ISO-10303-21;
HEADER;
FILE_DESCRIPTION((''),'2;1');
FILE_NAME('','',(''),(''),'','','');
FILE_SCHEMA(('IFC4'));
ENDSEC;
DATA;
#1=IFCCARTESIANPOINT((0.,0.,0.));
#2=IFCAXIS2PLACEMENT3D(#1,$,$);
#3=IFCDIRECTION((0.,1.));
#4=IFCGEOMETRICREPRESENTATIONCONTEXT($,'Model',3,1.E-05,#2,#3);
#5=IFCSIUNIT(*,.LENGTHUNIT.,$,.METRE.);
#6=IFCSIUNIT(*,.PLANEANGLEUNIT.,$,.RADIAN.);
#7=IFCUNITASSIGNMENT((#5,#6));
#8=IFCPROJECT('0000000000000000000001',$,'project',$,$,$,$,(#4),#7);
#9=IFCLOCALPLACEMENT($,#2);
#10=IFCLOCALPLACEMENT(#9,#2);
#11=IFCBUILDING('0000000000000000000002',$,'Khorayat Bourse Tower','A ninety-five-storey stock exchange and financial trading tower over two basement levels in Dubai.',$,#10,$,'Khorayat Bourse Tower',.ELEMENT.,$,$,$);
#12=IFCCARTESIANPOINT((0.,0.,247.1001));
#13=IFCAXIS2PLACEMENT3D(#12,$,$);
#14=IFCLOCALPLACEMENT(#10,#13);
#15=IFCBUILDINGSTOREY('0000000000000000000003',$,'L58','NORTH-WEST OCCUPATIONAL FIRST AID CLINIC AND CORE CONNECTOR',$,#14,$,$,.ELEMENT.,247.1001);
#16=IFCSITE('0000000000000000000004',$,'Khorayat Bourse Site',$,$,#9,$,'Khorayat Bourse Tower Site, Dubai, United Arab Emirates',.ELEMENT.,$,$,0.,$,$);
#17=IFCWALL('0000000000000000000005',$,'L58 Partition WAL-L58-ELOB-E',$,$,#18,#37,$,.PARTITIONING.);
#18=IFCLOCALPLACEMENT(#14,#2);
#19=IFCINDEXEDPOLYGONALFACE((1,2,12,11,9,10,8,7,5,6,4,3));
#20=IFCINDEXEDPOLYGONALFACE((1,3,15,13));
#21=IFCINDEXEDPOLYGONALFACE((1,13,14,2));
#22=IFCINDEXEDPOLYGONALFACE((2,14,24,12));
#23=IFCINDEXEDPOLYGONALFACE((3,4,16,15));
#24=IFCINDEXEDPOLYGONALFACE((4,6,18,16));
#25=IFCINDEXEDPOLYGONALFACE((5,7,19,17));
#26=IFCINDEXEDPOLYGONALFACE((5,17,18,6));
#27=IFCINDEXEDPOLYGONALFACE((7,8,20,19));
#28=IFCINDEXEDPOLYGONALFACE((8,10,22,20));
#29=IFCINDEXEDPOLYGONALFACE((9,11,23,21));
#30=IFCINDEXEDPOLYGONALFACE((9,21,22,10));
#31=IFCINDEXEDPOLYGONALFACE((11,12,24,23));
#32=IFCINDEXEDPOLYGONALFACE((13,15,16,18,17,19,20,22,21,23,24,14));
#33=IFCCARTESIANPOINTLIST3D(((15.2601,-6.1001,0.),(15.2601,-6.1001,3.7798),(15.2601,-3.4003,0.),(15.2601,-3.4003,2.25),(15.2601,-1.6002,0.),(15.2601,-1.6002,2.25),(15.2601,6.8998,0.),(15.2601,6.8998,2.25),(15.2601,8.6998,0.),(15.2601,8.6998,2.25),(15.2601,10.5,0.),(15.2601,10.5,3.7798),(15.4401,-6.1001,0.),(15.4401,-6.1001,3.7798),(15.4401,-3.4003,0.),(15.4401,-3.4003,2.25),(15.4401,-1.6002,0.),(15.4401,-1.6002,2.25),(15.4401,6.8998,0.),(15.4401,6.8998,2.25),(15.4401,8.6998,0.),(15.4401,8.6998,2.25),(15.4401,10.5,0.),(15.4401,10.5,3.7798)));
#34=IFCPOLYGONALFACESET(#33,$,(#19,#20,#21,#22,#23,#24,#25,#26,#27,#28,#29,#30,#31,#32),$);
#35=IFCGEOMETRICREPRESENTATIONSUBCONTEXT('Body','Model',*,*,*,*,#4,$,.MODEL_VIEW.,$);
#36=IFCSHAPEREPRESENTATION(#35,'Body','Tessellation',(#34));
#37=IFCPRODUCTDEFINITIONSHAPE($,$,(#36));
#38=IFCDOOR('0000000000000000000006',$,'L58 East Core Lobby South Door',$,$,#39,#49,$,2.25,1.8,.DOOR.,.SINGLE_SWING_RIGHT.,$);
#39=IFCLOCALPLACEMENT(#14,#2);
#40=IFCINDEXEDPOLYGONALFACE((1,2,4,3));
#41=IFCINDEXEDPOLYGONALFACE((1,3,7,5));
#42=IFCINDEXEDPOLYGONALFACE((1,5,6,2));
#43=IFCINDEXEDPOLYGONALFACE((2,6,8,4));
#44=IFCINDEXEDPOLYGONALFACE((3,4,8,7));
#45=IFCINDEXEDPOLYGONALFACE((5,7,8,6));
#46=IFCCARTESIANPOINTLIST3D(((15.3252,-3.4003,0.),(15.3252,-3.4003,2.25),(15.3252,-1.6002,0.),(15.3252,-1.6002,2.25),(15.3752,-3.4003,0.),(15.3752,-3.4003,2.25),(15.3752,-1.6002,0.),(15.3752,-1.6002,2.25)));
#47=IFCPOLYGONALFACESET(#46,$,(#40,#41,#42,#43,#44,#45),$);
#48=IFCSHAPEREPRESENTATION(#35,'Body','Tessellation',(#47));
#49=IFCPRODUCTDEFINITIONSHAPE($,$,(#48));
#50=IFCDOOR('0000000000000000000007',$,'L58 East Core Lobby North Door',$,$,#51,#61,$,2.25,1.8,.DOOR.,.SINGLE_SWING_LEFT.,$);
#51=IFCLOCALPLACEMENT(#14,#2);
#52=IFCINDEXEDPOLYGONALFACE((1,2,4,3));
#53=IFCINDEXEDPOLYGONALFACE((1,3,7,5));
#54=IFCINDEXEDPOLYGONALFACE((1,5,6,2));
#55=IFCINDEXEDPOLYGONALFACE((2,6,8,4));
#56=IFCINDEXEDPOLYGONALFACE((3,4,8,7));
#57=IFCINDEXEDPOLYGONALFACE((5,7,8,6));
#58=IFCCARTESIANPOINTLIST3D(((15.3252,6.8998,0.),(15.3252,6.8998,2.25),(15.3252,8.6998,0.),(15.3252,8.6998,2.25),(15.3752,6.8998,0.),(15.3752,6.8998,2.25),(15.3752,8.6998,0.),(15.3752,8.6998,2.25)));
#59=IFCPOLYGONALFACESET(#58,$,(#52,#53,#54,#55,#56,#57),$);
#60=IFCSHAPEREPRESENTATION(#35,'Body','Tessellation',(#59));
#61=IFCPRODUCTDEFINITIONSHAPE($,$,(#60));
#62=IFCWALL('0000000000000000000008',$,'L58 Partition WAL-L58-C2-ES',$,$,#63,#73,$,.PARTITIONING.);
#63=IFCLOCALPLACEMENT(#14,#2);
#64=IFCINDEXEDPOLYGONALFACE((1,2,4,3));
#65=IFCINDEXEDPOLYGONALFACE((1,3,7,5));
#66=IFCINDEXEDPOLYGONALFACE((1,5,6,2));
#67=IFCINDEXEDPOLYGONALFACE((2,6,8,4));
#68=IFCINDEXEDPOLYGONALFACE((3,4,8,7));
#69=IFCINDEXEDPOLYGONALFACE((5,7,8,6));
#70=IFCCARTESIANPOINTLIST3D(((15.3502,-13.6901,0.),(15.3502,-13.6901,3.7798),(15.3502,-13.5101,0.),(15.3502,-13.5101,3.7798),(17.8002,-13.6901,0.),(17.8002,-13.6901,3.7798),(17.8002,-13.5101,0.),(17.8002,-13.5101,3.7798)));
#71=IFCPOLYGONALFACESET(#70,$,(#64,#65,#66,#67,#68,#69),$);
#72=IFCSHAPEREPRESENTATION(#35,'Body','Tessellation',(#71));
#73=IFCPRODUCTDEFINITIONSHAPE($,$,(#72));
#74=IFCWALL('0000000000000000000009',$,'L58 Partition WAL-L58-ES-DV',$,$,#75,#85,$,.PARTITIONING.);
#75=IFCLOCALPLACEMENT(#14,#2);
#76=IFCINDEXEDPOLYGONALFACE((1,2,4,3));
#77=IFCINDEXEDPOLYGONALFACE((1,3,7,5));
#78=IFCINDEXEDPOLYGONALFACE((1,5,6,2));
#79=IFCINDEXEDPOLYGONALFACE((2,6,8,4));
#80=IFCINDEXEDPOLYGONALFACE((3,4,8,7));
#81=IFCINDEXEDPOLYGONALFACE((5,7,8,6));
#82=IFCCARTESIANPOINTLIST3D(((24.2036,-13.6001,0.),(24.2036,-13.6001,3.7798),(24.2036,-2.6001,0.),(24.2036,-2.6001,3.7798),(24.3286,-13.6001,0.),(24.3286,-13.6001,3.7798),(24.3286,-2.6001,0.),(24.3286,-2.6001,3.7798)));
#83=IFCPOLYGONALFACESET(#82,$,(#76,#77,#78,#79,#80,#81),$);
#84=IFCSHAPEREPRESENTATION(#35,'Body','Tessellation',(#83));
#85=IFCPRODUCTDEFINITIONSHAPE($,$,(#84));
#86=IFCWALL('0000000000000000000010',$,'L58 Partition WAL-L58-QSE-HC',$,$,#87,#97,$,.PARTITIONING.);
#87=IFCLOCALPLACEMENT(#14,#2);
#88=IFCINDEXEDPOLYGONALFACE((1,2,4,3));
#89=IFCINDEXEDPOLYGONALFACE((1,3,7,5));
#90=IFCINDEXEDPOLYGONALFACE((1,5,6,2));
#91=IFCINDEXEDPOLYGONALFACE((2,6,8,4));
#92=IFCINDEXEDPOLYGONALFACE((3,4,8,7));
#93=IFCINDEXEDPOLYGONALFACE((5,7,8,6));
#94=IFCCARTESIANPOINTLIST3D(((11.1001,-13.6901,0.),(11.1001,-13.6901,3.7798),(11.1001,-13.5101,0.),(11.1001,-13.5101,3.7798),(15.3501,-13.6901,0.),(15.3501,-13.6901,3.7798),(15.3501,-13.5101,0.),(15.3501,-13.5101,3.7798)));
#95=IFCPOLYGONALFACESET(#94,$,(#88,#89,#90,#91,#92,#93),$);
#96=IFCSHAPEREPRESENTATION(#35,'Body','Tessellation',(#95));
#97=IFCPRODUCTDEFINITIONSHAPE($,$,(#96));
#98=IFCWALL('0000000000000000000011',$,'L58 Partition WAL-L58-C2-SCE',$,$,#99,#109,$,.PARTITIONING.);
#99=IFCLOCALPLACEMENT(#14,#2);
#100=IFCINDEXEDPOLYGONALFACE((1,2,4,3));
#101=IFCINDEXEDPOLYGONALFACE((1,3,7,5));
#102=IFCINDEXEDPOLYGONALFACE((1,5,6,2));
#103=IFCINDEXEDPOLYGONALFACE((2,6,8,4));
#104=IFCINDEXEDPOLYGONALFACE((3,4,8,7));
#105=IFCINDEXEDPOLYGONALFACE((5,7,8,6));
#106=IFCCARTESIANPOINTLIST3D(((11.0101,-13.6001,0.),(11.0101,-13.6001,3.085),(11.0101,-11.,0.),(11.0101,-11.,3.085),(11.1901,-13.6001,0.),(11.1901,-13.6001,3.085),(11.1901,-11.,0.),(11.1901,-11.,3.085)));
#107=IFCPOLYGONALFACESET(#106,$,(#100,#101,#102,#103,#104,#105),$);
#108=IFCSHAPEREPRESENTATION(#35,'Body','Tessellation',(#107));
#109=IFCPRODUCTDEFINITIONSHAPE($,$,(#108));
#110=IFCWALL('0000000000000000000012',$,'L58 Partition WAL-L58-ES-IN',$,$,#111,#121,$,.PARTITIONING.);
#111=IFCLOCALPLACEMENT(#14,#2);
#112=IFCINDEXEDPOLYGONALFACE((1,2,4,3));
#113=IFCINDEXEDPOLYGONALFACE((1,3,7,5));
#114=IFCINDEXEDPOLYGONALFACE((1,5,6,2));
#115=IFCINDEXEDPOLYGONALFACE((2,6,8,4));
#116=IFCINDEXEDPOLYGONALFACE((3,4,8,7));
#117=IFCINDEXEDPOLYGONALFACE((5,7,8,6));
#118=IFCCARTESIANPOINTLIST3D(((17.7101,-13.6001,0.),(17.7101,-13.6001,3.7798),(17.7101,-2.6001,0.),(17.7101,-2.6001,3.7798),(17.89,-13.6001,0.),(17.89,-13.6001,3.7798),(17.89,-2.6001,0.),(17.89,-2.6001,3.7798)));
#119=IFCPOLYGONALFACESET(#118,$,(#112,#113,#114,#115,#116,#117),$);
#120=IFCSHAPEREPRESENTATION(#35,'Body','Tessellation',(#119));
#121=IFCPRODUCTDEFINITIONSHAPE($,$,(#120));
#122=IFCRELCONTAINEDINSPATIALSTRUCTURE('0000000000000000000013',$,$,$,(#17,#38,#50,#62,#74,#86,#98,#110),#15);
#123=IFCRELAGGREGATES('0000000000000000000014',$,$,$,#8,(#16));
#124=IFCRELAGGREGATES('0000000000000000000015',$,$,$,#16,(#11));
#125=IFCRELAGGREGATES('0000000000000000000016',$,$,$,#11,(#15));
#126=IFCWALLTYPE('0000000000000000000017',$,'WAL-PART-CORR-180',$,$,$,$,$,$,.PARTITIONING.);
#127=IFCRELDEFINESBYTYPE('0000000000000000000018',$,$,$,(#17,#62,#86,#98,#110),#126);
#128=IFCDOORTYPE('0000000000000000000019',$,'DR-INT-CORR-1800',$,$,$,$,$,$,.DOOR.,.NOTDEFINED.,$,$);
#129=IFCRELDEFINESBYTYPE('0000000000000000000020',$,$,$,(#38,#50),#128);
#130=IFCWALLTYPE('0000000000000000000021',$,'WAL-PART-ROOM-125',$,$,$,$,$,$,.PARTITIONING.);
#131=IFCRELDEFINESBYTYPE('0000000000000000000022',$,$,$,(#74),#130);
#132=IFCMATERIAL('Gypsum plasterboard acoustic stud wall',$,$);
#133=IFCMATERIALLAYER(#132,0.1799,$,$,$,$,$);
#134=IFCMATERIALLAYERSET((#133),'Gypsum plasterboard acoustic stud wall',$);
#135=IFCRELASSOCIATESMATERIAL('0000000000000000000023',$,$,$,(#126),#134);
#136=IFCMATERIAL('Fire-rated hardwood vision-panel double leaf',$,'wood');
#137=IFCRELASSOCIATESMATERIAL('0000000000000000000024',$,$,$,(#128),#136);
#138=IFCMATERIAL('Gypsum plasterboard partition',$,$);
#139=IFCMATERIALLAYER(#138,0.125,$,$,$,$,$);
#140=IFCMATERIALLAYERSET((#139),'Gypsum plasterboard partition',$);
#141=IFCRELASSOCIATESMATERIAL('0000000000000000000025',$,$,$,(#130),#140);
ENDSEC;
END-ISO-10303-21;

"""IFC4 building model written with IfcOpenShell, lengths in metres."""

from ifc_helpers import new_model, si_unit, direction, frame, frame_2d, origin, place, context, subcontext, project, spatial, rectangle, extrude, source, transform, mapped, material, layer, layer_set, type_object, element, fill, save


model = new_model("IFC4")

# Units and contexts
model_context = context("Model", 3, precision=1e-05, world=origin(), true_north=direction((0.0, 1.0)))
body_context = subcontext(model_context, "Body", "Model", "MODEL_VIEW")
ifc_project = project(units=[si_unit("LENGTHUNIT", "METRE"), si_unit("PLANEANGLEUNIT", "RADIAN")], contexts=[model_context])

# Site, building, storey
site_placement = place(None, origin())
site = spatial("IfcSite", under=ifc_project, at=site_placement, Name="Khorayat Bourse Site", LongName="Khorayat Bourse Tower Site, Dubai, United Arab Emirates", CompositionType="ELEMENT", RefElevation=0.0)
building_placement = place(site_placement, origin())
building = spatial("IfcBuilding", under=site, at=building_placement, Name="Khorayat Bourse Tower", Description="A ninety-five-storey stock exchange and financial trading tower over two basement levels in Dubai.", LongName="Khorayat Bourse Tower", CompositionType="ELEMENT")
storey_placement = place(building_placement, frame((0.0, 0.0, 247.1001)))
storey = spatial("IfcBuildingStorey", under=building, at=storey_placement, Name="L58", Description="NORTH-WEST OCCUPATIONAL FIRST AID CLINIC AND CORE CONNECTOR", CompositionType="ELEMENT", Elevation=247.1001)

# Wall, openings, doors
ifc_material_1 = material(Name="Gypsum plasterboard acoustic stud wall")
ifc_layer_1 = layer(ifc_material_1, 0.1799)
ifc_layer_set_1 = layer_set([ifc_layer_1], Name="Gypsum plasterboard acoustic stud wall")
wall_type_1 = type_object("IfcWallType", Name="WAL-PART-CORR-180", PredefinedType="PARTITIONING", material=ifc_layer_set_1)
shared_shape_1 = source(origin(), body_context, "Body", "SweptSolid", [
    extrude(rectangle(XDim=16.6001, YDim=0.1799, at=frame_2d((8.3, 0.0))), origin(), (0.0, 0.0, 1.0), 3.7798),
])
wall_1_placement = place(storey_placement, frame((15.3501, -6.1001, 0.0), z_axis=(0.0, 0.0, 1.0), x_axis=(0.0, 1.0, 0.0)))
wall_1 = element("IfcWall", 1, at=wall_1_placement, inside=storey, type_object=wall_type_1, Name="L58 Partition WAL-L58-ELOB-E", PredefinedType="PARTITIONING", context=body_context, shape_type="MappedRepresentation", body=[
    mapped(shared_shape_1, transform((0.0, 0.0, 0.0), scale=1.0)),
])
shared_shape_2 = source(origin(), body_context, "Body", "SweptSolid", [
    extrude(rectangle(XDim=1.8, YDim=2.25, at=frame_2d((0.8999, 1.125))), frame((0.0, 0.0999, 0.0), z_axis=(0.0, -1.0, 0.0), x_axis=(1.0, 0.0, 0.0)), (0.0, 0.0, 1.0), 0.2),
])
opening_1_placement = place(wall_1_placement, frame((2.7, 0.0, 0.0)))
opening_1 = element("IfcOpeningElement", 2, at=opening_1_placement, cuts=wall_1, PredefinedType="OPENING", context=body_context, shape_type="MappedRepresentation", body=[
    mapped(shared_shape_2, transform((0.0, 0.0, 0.0), scale=1.0)),
])
opening_2_placement = place(wall_1_placement, frame((13.0, 0.0, 0.0)))
opening_2 = element("IfcOpeningElement", 3, at=opening_2_placement, cuts=wall_1, PredefinedType="OPENING", context=body_context, shape_type="MappedRepresentation", body=[
    mapped(shared_shape_2, transform((0.0, 0.0, 0.0), scale=1.0)),
])
ifc_material_2 = material(Name="Fire-rated hardwood vision-panel double leaf", Category="wood")
door_type_1 = type_object("IfcDoorType", Name="DR-INT-CORR-1800", OperationType="NOTDEFINED", PredefinedType="DOOR", material=ifc_material_2)
shared_shape_3 = source(origin(), body_context, "Body", "SweptSolid", [
    extrude(rectangle(XDim=1.8, YDim=2.25, at=frame_2d((0.8999, 1.125))), frame((0.0, 0.0249, 0.0), z_axis=(0.0, -1.0, 0.0), x_axis=(1.0, 0.0, 0.0)), (0.0, 0.0, 1.0), 0.05),
])
door_1_placement = place(opening_1_placement, origin())
door_1 = element("IfcDoor", 4, at=door_1_placement, inside=storey, type_object=door_type_1, Name="L58 East Core Lobby South Door", OperationType="SINGLE_SWING_RIGHT", OverallHeight=2.25, OverallWidth=1.8, PredefinedType="DOOR", context=body_context, shape_type="MappedRepresentation", body=[
    mapped(shared_shape_3, transform((0.0, 0.0, 0.0), scale=1.0)),
])
fill(opening_1, door_1)
door_2_placement = place(opening_2_placement, origin())
door_2 = element("IfcDoor", 5, at=door_2_placement, inside=storey, type_object=door_type_1, Name="L58 East Core Lobby North Door", OperationType="SINGLE_SWING_LEFT", OverallHeight=2.25, OverallWidth=1.8, PredefinedType="DOOR", context=body_context, shape_type="MappedRepresentation", body=[
    mapped(shared_shape_3, transform((0.0, 0.0, 0.0), scale=1.0)),
])
fill(opening_2, door_2)

# Walls
shared_shape_4 = source(origin(), body_context, "Body", "SweptSolid", [
    extrude(rectangle(XDim=2.45, YDim=0.1799, at=frame_2d((1.2251, 0.0))), origin(), (0.0, 0.0, 1.0), 3.7798),
])
wall_2_placement = place(storey_placement, frame((15.3501, -13.6001, 0.0), z_axis=(0.0, 0.0, 1.0), x_axis=(1.0, 0.0, 0.0)))
element("IfcWall", 6, at=wall_2_placement, inside=storey, type_object=wall_type_1, Name="L58 Partition WAL-L58-C2-ES", PredefinedType="PARTITIONING", context=body_context, shape_type="MappedRepresentation", body=[
    mapped(shared_shape_4, transform((0.0, 0.0, 0.0), scale=1.0)),
])
ifc_material_3 = material(Name="Gypsum plasterboard partition")
ifc_layer_2 = layer(ifc_material_3, 0.125)
ifc_layer_set_2 = layer_set([ifc_layer_2], Name="Gypsum plasterboard partition")
wall_type_2 = type_object("IfcWallType", Name="WAL-PART-ROOM-125", PredefinedType="PARTITIONING", material=ifc_layer_set_2)
shared_shape_5 = source(origin(), body_context, "Body", "SweptSolid", [
    extrude(rectangle(XDim=11.0, YDim=0.125, at=frame_2d((5.5, 0.0))), origin(), (0.0, 0.0, 1.0), 3.7798),
])
wall_3_placement = place(storey_placement, frame((24.2661, -13.6001, 0.0), z_axis=(0.0, 0.0, 1.0), x_axis=(0.0, 1.0, 0.0)))
element("IfcWall", 7, at=wall_3_placement, inside=storey, type_object=wall_type_2, Name="L58 Partition WAL-L58-ES-DV", PredefinedType="PARTITIONING", context=body_context, shape_type="MappedRepresentation", body=[
    mapped(shared_shape_5, transform((0.0, 0.0, 0.0), scale=1.0)),
])
shared_shape_6 = source(origin(), body_context, "Body", "SweptSolid", [
    extrude(rectangle(XDim=4.25, YDim=0.1799, at=frame_2d((2.125, 0.0))), origin(), (0.0, 0.0, 1.0), 3.7798),
])
wall_4_placement = place(storey_placement, frame((11.1001, -13.6001, 0.0), z_axis=(0.0, 0.0, 1.0), x_axis=(1.0, 0.0, 0.0)))
element("IfcWall", 8, at=wall_4_placement, inside=storey, type_object=wall_type_1, Name="L58 Partition WAL-L58-QSE-HC", PredefinedType="PARTITIONING", context=body_context, shape_type="MappedRepresentation", body=[
    mapped(shared_shape_6, transform((0.0, 0.0, 0.0), scale=1.0)),
])
shared_shape_7 = source(origin(), body_context, "Body", "SweptSolid", [
    extrude(rectangle(XDim=2.6001, YDim=0.1799, at=frame_2d((1.3, 0.0))), origin(), (0.0, 0.0, 1.0), 3.085),
])
wall_5_placement = place(storey_placement, frame((11.1001, -13.6001, 0.0), z_axis=(0.0, 0.0, 1.0), x_axis=(0.0, 1.0, 0.0)))
element("IfcWall", 9, at=wall_5_placement, inside=storey, type_object=wall_type_1, Name="L58 Partition WAL-L58-C2-SCE", PredefinedType="PARTITIONING", context=body_context, shape_type="MappedRepresentation", body=[
    mapped(shared_shape_7, transform((0.0, 0.0, 0.0), scale=1.0)),
])
shared_shape_8 = source(origin(), body_context, "Body", "SweptSolid", [
    extrude(rectangle(XDim=11.0, YDim=0.1799, at=frame_2d((5.5, 0.0))), origin(), (0.0, 0.0, 1.0), 3.7798),
])
wall_6_placement = place(storey_placement, frame((17.8, -13.6001, 0.0), z_axis=(0.0, 0.0, 1.0), x_axis=(0.0, 1.0, 0.0)))
element("IfcWall", 10, at=wall_6_placement, inside=storey, type_object=wall_type_1, Name="L58 Partition WAL-L58-ES-IN", PredefinedType="PARTITIONING", context=body_context, shape_type="MappedRepresentation", body=[
    mapped(shared_shape_8, transform((0.0, 0.0, 0.0), scale=1.0)),
])

save(model, "model.ifc")
